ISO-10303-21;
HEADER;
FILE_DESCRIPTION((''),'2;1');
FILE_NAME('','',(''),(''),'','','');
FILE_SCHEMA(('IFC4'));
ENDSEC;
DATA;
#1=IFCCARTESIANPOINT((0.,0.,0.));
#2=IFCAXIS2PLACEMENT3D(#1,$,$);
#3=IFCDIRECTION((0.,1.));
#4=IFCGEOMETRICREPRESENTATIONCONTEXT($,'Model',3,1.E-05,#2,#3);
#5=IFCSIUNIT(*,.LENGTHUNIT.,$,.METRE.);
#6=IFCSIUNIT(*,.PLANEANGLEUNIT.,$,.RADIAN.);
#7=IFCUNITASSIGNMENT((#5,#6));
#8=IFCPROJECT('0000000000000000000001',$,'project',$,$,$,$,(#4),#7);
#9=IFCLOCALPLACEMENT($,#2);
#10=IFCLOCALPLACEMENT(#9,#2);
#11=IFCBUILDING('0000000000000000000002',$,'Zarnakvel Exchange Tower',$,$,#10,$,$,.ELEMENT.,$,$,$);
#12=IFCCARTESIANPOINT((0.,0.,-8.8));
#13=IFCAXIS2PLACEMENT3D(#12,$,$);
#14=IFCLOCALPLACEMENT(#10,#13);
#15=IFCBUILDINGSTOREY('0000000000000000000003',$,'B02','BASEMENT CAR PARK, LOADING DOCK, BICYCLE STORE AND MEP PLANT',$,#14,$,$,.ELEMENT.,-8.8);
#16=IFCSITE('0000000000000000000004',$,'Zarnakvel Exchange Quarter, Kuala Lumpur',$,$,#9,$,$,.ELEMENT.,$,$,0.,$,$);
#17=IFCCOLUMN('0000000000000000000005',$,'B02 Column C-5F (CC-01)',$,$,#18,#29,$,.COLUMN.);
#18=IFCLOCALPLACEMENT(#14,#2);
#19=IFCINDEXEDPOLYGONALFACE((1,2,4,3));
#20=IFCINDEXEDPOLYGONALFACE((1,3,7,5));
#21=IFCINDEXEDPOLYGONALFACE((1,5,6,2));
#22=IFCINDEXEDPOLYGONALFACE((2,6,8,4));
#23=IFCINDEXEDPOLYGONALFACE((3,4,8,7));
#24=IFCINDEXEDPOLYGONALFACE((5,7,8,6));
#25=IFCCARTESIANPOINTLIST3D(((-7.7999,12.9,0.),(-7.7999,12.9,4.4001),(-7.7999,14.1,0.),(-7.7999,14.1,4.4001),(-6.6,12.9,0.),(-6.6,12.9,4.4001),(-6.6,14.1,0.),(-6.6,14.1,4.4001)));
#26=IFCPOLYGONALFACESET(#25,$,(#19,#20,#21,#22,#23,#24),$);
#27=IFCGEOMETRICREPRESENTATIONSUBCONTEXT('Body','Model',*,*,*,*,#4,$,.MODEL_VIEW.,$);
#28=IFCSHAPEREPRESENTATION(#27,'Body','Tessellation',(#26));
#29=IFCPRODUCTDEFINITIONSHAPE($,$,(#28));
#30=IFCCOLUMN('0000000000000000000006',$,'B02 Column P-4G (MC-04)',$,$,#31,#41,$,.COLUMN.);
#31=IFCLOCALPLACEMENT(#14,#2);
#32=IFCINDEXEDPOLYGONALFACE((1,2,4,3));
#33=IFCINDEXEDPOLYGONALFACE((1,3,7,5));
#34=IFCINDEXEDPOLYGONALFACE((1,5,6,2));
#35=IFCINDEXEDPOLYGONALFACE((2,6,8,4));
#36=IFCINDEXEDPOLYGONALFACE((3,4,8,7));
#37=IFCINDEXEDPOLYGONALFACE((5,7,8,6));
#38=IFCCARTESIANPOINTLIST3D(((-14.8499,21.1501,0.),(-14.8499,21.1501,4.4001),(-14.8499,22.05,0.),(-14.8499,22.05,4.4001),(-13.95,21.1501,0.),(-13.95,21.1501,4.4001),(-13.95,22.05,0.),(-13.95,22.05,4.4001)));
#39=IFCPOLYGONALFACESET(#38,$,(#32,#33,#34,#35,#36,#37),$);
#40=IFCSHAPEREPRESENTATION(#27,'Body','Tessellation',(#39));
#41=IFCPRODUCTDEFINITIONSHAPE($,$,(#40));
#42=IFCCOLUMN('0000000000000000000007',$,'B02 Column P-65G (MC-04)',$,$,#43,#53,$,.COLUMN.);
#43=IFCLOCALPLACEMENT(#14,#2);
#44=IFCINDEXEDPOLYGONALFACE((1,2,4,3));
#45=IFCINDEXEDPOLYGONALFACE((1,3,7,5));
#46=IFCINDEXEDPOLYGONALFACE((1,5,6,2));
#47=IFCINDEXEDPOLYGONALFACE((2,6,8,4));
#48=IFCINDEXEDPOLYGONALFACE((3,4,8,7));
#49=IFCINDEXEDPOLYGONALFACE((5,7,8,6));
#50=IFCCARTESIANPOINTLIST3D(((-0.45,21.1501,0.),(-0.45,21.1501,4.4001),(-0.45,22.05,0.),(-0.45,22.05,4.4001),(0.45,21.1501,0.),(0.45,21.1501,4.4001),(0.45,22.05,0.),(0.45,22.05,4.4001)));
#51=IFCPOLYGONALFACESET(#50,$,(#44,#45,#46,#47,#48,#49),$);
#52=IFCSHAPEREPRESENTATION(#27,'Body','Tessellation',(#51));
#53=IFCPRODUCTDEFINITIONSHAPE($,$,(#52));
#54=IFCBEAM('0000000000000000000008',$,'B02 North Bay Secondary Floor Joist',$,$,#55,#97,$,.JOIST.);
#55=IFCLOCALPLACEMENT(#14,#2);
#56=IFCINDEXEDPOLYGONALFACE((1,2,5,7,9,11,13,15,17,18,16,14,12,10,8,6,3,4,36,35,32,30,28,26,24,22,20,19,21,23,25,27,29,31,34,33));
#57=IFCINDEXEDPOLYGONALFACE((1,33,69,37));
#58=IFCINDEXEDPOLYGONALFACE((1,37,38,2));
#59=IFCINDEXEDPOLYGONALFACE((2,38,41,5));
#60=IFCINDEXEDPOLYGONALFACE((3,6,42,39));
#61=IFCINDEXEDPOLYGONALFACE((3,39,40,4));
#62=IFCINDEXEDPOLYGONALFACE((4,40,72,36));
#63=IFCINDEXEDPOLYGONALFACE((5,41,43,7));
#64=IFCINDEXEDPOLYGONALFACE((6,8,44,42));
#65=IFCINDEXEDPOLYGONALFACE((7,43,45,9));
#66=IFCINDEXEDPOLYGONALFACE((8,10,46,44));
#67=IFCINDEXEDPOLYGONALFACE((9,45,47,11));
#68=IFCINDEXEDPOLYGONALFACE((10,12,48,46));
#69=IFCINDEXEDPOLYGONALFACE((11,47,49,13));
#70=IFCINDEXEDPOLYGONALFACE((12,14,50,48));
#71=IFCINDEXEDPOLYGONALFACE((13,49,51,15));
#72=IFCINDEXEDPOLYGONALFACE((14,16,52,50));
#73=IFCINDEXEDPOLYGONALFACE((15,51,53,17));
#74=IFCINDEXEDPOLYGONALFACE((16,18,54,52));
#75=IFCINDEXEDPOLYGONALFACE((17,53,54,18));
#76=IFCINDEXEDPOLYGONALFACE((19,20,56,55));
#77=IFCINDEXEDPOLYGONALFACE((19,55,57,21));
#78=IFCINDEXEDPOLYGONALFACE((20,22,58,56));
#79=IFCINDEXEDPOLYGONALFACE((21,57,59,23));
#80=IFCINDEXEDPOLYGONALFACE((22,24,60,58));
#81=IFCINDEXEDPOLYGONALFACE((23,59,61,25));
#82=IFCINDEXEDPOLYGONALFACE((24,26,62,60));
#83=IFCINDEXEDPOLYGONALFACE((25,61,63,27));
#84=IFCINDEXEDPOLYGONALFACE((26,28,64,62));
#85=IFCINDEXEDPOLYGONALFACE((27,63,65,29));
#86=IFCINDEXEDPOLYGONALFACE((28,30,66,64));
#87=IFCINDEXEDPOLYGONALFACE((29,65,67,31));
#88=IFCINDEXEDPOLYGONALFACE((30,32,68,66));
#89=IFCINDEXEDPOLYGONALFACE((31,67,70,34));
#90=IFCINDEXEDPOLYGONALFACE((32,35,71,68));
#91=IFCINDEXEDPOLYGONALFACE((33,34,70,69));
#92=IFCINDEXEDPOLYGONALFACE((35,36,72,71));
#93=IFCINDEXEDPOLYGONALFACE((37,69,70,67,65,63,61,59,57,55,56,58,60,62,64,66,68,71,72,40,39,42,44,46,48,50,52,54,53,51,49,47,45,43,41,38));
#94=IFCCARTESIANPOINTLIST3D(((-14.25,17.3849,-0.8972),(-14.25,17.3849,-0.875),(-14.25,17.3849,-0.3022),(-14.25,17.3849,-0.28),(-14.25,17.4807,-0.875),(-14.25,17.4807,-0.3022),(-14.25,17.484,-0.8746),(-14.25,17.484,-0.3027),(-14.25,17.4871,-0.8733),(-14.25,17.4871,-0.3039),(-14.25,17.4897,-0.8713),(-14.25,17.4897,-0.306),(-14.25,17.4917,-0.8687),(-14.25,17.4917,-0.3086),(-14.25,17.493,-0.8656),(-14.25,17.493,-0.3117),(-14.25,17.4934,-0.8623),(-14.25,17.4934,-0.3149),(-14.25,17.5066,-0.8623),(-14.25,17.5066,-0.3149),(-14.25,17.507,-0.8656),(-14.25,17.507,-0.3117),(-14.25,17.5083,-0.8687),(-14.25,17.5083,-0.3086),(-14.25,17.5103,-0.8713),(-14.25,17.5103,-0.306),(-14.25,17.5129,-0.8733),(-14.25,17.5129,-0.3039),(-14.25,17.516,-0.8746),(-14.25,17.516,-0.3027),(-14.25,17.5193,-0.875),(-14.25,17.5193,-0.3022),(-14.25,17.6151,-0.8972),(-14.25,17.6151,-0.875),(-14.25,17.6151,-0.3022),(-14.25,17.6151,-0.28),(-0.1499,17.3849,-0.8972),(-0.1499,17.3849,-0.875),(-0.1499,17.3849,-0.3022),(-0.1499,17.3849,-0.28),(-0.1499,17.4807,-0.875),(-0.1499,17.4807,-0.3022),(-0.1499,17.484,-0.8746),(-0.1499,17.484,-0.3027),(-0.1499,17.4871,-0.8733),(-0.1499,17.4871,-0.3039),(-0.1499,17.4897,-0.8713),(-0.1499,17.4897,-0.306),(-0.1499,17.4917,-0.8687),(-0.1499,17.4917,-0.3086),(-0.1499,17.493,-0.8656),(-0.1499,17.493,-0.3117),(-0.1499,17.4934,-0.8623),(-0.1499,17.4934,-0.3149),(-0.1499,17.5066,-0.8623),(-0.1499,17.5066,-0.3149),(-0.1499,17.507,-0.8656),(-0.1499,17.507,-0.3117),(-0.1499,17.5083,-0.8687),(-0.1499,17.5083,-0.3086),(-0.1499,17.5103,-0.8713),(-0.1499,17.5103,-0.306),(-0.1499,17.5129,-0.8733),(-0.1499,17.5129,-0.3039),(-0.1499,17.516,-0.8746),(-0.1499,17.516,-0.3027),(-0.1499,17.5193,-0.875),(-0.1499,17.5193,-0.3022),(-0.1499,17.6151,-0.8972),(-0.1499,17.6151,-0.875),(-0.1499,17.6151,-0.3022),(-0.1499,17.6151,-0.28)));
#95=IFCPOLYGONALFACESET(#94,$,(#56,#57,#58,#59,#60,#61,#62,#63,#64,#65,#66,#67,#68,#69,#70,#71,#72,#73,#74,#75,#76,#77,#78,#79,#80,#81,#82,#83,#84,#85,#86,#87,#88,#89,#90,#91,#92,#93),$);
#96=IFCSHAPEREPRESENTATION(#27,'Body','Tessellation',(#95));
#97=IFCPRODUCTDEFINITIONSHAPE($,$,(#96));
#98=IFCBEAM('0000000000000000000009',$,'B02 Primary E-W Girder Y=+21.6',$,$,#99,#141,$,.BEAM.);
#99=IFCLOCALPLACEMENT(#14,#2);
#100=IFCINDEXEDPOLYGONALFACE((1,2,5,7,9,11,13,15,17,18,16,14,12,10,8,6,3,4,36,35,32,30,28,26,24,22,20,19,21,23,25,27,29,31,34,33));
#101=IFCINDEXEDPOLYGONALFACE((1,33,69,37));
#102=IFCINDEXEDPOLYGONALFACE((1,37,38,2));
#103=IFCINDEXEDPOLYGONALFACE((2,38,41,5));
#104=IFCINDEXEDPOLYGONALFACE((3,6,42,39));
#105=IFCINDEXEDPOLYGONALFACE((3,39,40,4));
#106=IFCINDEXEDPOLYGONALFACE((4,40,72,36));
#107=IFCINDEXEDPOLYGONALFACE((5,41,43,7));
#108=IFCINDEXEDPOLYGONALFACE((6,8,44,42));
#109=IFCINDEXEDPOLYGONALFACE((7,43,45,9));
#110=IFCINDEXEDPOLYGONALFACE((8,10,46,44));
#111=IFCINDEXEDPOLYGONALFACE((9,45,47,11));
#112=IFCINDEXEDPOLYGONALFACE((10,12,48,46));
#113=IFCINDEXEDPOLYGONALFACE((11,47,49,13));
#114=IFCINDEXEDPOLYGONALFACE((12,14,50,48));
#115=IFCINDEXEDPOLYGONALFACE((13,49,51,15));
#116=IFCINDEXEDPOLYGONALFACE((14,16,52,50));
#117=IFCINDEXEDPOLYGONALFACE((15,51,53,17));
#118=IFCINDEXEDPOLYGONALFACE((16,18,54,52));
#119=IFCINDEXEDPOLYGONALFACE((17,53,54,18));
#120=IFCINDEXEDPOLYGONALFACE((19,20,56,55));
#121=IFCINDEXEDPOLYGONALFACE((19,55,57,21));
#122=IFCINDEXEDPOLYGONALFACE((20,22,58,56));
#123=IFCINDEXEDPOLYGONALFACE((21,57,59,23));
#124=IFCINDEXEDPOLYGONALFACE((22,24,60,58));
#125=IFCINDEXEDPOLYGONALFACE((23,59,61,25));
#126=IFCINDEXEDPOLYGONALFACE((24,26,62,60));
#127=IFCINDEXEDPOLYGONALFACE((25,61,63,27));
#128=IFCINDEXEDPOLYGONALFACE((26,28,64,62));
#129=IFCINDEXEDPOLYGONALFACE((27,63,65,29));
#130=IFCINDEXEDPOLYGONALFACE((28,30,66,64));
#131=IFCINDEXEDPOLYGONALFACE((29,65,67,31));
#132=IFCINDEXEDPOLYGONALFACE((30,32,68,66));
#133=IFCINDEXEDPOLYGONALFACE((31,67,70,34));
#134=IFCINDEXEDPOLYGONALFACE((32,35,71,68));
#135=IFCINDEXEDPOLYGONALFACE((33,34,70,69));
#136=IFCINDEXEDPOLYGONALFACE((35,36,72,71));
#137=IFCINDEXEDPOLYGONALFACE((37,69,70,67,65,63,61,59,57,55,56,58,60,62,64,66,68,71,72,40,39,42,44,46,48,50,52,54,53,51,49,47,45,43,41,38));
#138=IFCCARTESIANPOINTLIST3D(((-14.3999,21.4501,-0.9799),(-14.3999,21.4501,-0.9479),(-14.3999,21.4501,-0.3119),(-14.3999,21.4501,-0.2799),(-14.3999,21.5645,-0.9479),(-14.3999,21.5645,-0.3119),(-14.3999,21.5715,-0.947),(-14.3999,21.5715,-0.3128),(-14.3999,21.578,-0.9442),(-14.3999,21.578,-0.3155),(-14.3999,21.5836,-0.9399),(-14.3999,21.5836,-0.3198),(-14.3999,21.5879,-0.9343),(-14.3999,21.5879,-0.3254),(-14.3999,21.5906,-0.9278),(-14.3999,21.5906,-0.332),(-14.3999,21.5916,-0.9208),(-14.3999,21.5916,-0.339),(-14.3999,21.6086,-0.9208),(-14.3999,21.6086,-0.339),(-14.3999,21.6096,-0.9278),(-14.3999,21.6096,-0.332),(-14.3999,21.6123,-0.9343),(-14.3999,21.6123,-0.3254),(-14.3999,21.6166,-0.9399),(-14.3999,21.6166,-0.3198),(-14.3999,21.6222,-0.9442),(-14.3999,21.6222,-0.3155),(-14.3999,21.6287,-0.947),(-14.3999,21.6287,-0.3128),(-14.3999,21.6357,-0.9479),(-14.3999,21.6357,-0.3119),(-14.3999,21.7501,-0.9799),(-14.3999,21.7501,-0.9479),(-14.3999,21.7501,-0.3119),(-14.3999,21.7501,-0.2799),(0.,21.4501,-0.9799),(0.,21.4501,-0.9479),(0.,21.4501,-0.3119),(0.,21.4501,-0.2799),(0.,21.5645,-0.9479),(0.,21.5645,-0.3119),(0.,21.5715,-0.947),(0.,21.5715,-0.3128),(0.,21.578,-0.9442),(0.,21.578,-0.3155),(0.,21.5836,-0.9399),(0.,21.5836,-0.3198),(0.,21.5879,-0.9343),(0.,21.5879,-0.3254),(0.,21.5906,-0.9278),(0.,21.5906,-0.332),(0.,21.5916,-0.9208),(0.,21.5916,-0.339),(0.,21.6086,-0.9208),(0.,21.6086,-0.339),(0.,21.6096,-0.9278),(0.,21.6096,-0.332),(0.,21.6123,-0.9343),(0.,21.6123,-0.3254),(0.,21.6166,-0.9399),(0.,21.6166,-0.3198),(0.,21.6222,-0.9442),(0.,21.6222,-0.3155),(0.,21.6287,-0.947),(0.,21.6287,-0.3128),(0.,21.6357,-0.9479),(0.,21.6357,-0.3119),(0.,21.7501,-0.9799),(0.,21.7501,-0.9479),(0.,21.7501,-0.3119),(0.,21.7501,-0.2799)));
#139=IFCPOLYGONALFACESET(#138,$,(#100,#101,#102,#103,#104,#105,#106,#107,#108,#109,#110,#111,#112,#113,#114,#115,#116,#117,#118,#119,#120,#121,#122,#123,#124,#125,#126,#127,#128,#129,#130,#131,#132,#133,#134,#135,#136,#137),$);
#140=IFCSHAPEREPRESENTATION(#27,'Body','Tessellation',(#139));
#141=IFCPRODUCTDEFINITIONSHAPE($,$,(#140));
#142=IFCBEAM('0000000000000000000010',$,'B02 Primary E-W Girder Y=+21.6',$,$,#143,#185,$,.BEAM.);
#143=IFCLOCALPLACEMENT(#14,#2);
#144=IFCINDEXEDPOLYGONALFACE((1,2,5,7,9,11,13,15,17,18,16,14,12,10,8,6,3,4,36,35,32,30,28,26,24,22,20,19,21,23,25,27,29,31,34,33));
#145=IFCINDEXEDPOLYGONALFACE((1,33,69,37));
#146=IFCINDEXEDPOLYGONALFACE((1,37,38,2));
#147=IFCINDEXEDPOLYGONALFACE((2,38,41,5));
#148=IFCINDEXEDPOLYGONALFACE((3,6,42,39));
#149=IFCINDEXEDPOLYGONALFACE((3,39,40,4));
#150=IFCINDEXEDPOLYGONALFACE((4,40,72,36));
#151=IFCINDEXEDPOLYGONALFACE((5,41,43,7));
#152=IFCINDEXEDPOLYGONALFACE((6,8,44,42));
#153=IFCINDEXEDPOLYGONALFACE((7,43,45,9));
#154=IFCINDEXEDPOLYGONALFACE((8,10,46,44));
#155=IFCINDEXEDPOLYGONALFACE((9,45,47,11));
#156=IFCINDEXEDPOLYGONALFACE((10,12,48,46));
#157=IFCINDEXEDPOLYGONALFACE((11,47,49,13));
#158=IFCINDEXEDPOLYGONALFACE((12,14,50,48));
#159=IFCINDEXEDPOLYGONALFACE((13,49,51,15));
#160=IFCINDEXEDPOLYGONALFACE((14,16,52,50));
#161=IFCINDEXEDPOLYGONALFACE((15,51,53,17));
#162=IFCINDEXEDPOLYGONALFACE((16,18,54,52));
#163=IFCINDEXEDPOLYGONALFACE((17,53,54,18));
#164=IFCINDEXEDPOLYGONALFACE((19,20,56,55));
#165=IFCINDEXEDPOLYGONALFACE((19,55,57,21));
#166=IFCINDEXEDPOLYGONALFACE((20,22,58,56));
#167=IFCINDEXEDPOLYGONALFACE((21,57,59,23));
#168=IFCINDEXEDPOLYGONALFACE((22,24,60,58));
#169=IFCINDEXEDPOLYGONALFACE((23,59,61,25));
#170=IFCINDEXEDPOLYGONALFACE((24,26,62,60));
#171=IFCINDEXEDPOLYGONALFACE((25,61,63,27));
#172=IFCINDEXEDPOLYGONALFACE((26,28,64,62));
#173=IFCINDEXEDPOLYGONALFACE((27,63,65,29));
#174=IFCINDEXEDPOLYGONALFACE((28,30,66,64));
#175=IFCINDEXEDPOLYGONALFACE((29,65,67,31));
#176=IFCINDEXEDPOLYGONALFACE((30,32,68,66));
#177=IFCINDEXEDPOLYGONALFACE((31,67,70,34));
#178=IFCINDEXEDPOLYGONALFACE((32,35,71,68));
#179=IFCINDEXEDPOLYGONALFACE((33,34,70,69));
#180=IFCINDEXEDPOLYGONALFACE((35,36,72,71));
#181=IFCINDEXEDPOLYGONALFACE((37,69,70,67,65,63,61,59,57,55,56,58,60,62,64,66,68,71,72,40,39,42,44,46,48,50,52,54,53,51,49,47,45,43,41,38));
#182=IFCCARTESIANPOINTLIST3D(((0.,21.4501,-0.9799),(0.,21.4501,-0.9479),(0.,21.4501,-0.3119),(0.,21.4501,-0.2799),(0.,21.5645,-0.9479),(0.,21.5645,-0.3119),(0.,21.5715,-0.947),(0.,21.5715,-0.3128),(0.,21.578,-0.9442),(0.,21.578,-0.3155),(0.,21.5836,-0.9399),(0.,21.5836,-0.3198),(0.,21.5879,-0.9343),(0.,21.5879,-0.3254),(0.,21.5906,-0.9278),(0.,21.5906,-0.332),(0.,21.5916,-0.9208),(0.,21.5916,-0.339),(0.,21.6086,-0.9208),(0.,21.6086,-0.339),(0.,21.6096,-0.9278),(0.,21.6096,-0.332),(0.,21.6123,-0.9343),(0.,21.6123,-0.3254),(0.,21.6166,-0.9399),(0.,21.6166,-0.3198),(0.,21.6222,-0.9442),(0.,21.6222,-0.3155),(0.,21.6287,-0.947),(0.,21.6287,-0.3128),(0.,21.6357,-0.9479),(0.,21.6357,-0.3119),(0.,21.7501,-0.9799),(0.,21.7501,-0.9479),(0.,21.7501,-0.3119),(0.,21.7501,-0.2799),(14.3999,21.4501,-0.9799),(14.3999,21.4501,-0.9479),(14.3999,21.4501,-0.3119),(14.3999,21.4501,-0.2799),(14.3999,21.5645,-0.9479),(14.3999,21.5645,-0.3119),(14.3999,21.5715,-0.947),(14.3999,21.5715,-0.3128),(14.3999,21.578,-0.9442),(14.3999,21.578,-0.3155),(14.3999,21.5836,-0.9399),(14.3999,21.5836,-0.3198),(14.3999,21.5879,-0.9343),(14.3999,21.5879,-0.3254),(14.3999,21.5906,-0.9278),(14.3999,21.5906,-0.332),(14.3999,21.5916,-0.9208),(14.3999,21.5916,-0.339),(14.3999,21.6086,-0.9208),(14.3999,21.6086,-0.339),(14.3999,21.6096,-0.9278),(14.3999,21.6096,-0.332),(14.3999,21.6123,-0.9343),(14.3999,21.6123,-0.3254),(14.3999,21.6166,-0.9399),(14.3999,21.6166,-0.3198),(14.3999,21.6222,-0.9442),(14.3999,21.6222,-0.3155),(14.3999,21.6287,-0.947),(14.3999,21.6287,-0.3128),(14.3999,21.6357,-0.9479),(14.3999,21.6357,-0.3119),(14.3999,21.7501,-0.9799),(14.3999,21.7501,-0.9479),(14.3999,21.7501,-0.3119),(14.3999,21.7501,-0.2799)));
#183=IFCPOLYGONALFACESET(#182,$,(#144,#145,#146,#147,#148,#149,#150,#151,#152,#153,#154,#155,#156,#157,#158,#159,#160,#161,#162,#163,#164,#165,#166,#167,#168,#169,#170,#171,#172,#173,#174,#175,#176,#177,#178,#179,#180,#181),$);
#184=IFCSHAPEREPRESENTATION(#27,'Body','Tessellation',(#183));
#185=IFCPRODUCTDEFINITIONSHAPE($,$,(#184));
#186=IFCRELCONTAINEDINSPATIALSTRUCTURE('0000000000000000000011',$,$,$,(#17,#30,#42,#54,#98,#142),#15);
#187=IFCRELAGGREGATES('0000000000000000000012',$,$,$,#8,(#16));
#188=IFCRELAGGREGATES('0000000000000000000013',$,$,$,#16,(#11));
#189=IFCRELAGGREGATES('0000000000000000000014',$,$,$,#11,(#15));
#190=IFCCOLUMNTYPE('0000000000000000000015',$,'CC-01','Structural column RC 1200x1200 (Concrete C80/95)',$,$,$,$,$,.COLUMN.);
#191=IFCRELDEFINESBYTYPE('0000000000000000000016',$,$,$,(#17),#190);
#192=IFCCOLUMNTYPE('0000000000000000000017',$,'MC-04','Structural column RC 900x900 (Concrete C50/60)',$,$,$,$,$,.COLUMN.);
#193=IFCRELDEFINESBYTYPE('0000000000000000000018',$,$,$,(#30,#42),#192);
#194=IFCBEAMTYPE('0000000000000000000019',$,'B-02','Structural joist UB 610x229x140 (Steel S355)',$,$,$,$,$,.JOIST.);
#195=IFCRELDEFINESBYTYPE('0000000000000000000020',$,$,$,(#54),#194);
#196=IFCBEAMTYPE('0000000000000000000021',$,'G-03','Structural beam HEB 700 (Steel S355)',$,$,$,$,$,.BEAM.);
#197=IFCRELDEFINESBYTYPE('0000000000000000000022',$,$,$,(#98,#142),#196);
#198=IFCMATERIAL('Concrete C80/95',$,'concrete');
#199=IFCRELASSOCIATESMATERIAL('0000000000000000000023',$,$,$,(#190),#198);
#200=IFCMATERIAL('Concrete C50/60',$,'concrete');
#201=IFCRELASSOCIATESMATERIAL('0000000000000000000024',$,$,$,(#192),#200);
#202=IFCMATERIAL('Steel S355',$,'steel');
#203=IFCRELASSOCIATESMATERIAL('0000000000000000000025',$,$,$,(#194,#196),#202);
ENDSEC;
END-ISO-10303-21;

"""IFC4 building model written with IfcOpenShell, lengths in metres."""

from ifc_helpers import new_model, si_unit, direction, frame, origin, origin_2d, place, context, subcontext, project, spatial, rectangle, i_section, extrude, material, material_profile, profile_set, type_object, element, save


model = new_model("IFC4")

# Units and contexts
model_context = context("Model", 3, precision=1e-05, world=origin(), true_north=direction((0.0, 1.0)))
body_context = subcontext(model_context, "Body", "Model", "MODEL_VIEW")
ifc_project = project(units=[si_unit("LENGTHUNIT", "METRE"), si_unit("PLANEANGLEUNIT", "RADIAN")], contexts=[model_context])

# Site, building, storey
site_placement = place(None, origin())
site = spatial("IfcSite", under=ifc_project, at=site_placement, Name="Zarnakvel Exchange Quarter, Kuala Lumpur", CompositionType="ELEMENT", RefElevation=0.0)
building_placement = place(site_placement, origin())
building = spatial("IfcBuilding", under=site, at=building_placement, Name="Zarnakvel Exchange Tower", CompositionType="ELEMENT")
storey_placement = place(building_placement, frame((0.0, 0.0, -8.8)))
storey = spatial("IfcBuildingStorey", under=building, at=storey_placement, Name="B02", Description="BASEMENT CAR PARK, LOADING DOCK, BICYCLE STORE AND MEP PLANT", CompositionType="ELEMENT", Elevation=-8.8)

# Columns
ifc_material_1 = material(Name="Concrete C80/95", Category="concrete")
ifc_material_profile_1 = material_profile(ifc_material_1, rectangle(XDim=1.2, YDim=1.2, at=origin_2d()))
ifc_profile_set_1 = profile_set([ifc_material_profile_1], Name="Concrete C80/95")
column_type_1 = type_object("IfcColumnType", Name="CC-01", Description="Structural column RC 1200x1200 (Concrete C80/95)", PredefinedType="COLUMN", material=ifc_profile_set_1)
column_placement = place(storey_placement, frame((-7.2, 13.5, 0.0), z_axis=(0.0, 0.0, 1.0), x_axis=(1.0, 0.0, 0.0)))
element("IfcColumn", 1, at=column_placement, inside=storey, type_object=column_type_1, Name="B02 Column C-5F (CC-01)", PredefinedType="COLUMN", context=body_context, shape_type="SweptSolid", body=[
    extrude(rectangle(XDim=1.2, YDim=1.2, at=origin_2d()), origin(), (0.0, 0.0, 1.0), 4.4001),
])
ifc_material_2 = material(Name="Concrete C50/60", Category="concrete")
ifc_material_profile_2 = material_profile(ifc_material_2, rectangle(XDim=0.8999, YDim=0.8999, at=origin_2d()))
ifc_profile_set_2 = profile_set([ifc_material_profile_2], Name="Concrete C50/60")
column_type_2 = type_object("IfcColumnType", Name="MC-04", Description="Structural column RC 900x900 (Concrete C50/60)", PredefinedType="COLUMN", material=ifc_profile_set_2)
for number, where, z_axis, x_axis, name in (
    (2, (-14.3999, 21.6001, 0.0), (0.0, 0.0, 1.0), (1.0, 0.0, 0.0), "B02 Column P-4G (MC-04)"),
    (3, (0.0, 21.6001, 0.0), (0.0, 0.0, 1.0), (1.0, 0.0, 0.0), "B02 Column P-65G (MC-04)"),
):
    element("IfcColumn", number, at=place(storey_placement, frame(where, z_axis=z_axis, x_axis=x_axis)), inside=storey, type_object=column_type_2, Name=name, PredefinedType="COLUMN", context=body_context, shape_type="SweptSolid", body=[
        extrude(rectangle(XDim=0.8999, YDim=0.8999, at=origin_2d()), origin(), (0.0, 0.0, 1.0), 4.4001),
    ])

# Beams
ifc_material_3 = material(Name="Steel S355", Category="steel")
ifc_material_profile_3 = material_profile(ifc_material_3, i_section(OverallWidth=0.2302, OverallDepth=0.6172, WebThickness=0.0132, FlangeThickness=0.0222, FilletRadius=0.0127, at=origin_2d()))
ifc_profile_set_3 = profile_set([ifc_material_profile_3], Name="Steel S355")
beam_type_1 = type_object("IfcBeamType", Name="B-02", Description="Structural joist UB 610x229x140 (Steel S355)", PredefinedType="JOIST", material=ifc_profile_set_3)
beam_1_placement = place(storey_placement, frame((-14.25, 17.5, -0.5886), z_axis=(1.0, 0.0, 0.0), x_axis=(0.0, 1.0, 0.0)))
element("IfcBeam", 4, at=beam_1_placement, inside=storey, type_object=beam_type_1, Name="B02 North Bay Secondary Floor Joist", PredefinedType="JOIST", context=body_context, shape_type="SweptSolid", body=[
    extrude(i_section(OverallWidth=0.2302, OverallDepth=0.6172, WebThickness=0.0132, FlangeThickness=0.0222, FilletRadius=0.0127, at=origin_2d()), origin(), (0.0, 0.0, 1.0), 14.1001),
])
ifc_material_profile_4 = material_profile(ifc_material_3, i_section(OverallWidth=0.3, OverallDepth=0.7, WebThickness=0.0171, FlangeThickness=0.032, FilletRadius=0.0271, at=origin_2d()))
ifc_profile_set_4 = profile_set([ifc_material_profile_4], Name="Steel S355")
beam_type_2 = type_object("IfcBeamType", Name="G-03", Description="Structural beam HEB 700 (Steel S355)", PredefinedType="BEAM", material=ifc_profile_set_4)
for number, where, z_axis, x_axis, name in (
    (5, (-14.3999, 21.6001, -0.6299), (1.0, 0.0, 0.0), (0.0, 1.0, 0.0), "B02 Primary E-W Girder Y=+21.6"),
    (6, (0.0, 21.6001, -0.6299), (1.0, 0.0, 0.0), (0.0, 1.0, 0.0), "B02 Primary E-W Girder Y=+21.6"),
):
    element("IfcBeam", number, at=place(storey_placement, frame(where, z_axis=z_axis, x_axis=x_axis)), inside=storey, type_object=beam_type_2, Name=name, PredefinedType="BEAM", context=body_context, shape_type="SweptSolid", body=[
        extrude(i_section(OverallWidth=0.3, OverallDepth=0.7, WebThickness=0.0171, FlangeThickness=0.032, FilletRadius=0.0271, at=origin_2d()), origin(), (0.0, 0.0, 1.0), 14.3999),
    ])

save(model, "model.ifc")
